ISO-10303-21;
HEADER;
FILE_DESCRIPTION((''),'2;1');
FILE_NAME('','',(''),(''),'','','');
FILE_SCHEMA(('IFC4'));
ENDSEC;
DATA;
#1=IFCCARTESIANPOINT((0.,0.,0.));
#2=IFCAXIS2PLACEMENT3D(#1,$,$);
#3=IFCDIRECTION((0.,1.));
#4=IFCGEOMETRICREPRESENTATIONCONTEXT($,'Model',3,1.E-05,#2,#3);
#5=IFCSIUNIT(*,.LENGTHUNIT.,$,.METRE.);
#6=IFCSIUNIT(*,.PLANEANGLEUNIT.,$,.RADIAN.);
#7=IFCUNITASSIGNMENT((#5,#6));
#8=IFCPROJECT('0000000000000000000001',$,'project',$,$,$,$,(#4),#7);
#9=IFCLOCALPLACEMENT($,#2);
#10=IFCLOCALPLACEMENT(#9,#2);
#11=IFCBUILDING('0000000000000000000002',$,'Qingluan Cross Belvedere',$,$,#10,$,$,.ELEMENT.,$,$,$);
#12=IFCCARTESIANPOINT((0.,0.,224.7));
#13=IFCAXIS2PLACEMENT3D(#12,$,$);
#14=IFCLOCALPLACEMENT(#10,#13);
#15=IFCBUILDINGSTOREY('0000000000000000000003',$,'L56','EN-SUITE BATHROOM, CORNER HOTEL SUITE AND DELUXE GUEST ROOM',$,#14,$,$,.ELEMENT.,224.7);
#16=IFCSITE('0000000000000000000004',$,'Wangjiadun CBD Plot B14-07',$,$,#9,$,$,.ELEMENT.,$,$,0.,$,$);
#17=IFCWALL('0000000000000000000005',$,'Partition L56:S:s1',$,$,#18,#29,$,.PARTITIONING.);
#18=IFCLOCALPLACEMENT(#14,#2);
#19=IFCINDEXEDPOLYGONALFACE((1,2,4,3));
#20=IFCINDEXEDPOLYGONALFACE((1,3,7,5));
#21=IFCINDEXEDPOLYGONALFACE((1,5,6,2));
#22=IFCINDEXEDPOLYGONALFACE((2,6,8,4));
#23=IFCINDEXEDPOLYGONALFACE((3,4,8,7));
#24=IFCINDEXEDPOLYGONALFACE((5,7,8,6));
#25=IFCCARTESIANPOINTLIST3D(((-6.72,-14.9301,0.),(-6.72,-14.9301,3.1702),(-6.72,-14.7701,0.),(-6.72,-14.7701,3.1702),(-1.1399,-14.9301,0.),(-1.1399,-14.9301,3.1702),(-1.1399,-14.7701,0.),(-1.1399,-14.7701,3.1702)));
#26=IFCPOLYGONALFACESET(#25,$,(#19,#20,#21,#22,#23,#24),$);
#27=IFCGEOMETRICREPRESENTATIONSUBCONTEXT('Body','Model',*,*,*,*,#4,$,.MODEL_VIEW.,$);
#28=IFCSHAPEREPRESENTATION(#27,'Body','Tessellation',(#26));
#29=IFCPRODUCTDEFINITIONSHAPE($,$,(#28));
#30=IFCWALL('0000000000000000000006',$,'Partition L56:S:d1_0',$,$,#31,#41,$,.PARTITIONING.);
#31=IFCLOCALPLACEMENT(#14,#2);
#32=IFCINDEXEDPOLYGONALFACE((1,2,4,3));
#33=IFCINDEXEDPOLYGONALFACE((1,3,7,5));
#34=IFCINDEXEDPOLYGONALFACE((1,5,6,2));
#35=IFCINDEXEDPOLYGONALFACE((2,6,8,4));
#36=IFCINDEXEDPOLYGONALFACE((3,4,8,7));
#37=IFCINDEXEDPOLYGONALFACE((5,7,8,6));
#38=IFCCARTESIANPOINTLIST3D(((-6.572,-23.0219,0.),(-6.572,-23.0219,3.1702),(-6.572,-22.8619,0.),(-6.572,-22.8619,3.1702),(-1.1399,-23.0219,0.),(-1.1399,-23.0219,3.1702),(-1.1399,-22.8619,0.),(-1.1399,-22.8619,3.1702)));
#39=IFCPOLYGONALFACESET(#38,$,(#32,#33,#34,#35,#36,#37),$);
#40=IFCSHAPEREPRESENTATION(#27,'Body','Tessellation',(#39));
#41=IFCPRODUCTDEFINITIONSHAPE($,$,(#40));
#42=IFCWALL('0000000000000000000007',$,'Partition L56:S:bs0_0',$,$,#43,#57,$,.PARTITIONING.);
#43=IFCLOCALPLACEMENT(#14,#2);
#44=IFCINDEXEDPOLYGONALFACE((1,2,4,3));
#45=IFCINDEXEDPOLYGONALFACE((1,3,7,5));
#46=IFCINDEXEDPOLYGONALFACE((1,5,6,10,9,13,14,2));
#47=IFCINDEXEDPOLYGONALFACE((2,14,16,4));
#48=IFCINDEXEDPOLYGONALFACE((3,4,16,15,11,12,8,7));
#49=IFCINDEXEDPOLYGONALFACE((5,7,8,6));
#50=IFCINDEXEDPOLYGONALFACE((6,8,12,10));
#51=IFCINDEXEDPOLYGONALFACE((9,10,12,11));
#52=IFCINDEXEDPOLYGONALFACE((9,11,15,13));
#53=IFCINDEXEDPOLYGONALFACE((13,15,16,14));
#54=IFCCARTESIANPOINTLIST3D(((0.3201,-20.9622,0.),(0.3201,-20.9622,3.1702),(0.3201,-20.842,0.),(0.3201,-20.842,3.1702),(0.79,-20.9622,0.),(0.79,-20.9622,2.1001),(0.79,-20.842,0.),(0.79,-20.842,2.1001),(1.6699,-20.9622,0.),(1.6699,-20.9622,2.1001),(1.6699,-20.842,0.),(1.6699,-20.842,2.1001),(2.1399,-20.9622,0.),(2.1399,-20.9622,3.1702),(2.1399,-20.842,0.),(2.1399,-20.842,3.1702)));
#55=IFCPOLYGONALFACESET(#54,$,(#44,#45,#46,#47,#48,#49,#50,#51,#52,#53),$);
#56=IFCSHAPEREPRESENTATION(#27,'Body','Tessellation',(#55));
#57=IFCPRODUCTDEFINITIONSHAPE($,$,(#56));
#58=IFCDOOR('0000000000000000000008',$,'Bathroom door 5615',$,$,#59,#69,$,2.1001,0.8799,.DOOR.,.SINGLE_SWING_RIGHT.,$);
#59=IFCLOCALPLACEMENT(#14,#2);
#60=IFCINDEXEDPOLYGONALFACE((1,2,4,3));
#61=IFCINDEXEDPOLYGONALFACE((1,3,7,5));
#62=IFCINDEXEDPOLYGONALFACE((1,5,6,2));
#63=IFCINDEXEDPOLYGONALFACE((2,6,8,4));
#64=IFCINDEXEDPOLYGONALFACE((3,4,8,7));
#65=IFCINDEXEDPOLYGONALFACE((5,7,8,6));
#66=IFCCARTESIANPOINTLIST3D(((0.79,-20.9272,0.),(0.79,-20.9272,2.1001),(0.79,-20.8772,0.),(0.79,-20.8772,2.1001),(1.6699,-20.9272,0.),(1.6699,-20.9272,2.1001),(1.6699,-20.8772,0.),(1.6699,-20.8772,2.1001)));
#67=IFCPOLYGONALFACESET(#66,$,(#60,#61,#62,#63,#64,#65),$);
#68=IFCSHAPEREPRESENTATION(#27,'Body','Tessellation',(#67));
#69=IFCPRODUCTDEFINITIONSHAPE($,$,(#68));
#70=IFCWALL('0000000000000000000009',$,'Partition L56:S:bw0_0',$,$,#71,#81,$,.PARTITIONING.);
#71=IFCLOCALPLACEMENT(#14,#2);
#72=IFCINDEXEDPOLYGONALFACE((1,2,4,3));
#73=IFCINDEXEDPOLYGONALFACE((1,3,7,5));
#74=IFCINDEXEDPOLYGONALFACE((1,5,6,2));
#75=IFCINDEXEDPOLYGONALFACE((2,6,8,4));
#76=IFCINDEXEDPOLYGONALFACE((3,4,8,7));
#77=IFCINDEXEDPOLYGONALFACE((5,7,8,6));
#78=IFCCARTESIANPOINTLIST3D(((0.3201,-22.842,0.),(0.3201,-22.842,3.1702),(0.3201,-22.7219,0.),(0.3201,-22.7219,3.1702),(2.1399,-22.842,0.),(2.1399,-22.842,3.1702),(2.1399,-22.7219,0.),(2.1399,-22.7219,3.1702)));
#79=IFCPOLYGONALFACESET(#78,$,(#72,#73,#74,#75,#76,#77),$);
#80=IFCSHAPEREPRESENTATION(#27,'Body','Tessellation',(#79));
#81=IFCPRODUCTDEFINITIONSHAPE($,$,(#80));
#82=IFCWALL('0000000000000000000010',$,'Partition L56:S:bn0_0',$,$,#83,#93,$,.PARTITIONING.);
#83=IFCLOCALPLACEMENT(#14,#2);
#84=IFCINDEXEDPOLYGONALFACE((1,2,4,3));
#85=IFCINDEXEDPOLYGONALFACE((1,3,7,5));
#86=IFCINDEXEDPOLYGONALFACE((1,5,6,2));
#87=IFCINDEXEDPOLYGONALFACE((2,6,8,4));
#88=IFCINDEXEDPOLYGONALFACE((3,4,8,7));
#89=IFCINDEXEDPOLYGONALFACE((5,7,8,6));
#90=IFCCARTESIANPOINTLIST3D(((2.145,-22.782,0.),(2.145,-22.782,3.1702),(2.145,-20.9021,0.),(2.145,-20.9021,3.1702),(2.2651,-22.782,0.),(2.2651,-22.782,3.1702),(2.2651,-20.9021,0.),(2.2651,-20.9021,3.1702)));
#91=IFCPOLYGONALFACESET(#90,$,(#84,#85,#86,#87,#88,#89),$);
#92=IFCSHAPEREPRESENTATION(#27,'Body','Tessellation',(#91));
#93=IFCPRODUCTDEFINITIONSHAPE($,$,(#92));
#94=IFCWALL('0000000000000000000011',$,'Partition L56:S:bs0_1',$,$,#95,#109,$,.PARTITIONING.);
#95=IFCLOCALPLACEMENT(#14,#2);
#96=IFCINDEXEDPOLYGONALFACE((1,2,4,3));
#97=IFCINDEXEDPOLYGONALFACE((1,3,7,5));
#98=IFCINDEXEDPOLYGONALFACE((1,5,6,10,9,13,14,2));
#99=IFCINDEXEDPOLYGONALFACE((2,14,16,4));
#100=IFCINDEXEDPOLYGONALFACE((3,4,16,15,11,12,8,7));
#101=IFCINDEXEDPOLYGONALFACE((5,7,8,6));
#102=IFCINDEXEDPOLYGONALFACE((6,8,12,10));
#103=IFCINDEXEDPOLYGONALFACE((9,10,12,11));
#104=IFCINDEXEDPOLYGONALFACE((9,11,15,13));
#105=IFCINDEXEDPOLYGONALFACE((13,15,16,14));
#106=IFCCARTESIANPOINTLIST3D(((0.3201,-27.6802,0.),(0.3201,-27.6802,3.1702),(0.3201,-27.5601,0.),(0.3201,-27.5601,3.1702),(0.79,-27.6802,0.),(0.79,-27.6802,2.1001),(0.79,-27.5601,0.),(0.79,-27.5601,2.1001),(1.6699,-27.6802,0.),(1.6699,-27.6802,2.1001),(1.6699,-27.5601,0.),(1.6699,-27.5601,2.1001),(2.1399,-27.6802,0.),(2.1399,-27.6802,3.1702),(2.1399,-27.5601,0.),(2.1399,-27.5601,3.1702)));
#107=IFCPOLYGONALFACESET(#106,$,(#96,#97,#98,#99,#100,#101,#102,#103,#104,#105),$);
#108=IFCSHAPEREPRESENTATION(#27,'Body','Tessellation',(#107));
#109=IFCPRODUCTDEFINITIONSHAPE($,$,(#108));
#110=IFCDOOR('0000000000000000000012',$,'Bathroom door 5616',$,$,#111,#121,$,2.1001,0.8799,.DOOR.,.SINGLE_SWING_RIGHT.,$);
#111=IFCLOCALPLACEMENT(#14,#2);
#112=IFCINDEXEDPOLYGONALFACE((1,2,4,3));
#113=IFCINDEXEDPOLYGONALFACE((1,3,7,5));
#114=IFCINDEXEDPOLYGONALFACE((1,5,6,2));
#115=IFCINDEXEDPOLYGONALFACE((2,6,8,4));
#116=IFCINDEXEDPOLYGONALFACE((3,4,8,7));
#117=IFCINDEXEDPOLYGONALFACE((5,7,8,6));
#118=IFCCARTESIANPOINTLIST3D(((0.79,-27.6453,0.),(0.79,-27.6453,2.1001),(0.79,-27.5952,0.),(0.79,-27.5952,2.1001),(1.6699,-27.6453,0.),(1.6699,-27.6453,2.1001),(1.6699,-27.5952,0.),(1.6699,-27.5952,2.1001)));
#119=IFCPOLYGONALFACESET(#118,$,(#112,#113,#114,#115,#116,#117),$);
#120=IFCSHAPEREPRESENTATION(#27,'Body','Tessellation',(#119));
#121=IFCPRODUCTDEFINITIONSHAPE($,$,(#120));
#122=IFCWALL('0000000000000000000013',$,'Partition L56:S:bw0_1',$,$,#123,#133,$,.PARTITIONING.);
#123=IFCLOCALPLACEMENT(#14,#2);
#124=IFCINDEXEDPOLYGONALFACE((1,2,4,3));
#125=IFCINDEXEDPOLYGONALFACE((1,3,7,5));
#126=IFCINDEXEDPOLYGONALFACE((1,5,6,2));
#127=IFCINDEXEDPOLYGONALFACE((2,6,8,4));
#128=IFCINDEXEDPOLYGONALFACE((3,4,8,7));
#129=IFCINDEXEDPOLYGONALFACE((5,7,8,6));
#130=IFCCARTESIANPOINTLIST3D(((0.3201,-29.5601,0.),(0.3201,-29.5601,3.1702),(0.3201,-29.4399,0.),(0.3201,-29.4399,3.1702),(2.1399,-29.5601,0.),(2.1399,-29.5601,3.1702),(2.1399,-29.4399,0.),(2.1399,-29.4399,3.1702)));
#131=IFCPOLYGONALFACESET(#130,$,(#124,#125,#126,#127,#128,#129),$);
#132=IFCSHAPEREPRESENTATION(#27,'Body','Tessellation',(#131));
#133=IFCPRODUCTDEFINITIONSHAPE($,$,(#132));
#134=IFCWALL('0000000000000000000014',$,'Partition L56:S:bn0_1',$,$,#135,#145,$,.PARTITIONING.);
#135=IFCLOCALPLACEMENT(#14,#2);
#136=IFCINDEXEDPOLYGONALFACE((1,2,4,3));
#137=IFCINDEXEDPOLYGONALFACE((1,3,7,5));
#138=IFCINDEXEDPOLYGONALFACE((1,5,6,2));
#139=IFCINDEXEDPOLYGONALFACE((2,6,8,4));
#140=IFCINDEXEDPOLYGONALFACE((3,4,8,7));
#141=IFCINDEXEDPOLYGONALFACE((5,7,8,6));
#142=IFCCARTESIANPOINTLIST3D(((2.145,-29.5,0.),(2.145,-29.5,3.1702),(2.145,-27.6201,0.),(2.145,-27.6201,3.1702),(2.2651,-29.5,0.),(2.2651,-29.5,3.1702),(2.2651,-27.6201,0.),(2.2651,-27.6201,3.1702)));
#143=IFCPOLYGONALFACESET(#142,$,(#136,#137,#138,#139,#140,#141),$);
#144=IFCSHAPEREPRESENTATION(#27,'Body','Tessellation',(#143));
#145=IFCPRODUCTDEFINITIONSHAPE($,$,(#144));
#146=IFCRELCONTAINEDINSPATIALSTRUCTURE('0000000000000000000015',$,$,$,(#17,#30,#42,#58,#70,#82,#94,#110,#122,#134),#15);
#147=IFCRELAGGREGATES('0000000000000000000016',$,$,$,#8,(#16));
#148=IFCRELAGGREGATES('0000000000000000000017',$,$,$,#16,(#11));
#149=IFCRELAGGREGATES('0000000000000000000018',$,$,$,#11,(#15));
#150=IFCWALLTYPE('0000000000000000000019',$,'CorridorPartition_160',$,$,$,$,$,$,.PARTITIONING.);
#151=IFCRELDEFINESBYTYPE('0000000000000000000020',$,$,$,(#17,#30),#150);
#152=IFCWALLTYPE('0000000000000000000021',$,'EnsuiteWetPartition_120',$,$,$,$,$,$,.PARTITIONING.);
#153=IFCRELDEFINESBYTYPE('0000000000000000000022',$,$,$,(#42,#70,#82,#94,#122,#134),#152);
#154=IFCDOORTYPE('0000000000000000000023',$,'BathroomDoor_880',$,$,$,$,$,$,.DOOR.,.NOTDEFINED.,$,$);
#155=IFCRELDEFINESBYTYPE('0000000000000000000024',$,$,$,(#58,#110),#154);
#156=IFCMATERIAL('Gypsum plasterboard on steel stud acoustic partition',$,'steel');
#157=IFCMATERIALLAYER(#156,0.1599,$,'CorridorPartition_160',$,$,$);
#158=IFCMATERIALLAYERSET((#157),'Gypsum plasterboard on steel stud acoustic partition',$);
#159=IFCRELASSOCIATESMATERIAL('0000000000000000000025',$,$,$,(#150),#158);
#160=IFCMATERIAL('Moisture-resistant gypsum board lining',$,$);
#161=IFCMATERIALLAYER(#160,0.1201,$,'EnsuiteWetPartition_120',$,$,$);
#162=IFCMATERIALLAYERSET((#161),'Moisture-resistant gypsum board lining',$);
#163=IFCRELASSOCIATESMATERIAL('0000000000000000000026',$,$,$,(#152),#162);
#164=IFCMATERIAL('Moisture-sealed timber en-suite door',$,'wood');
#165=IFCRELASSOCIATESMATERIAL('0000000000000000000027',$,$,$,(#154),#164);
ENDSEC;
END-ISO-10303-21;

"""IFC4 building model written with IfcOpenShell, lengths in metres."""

from ifc_helpers import new_model, si_unit, direction, frame, frame_2d, origin, place, context, subcontext, project, spatial, rectangle, extrude, material, layer, layer_set, type_object, element, fill, save


model = new_model("IFC4")

# Units and contexts
model_context = context("Model", 3, precision=1e-05, world=origin(), true_north=direction((0.0, 1.0)))
body_context = subcontext(model_context, "Body", "Model", "MODEL_VIEW")
ifc_project = project(units=[si_unit("LENGTHUNIT", "METRE"), si_unit("PLANEANGLEUNIT", "RADIAN")], contexts=[model_context])

# Site, building, storey
site_placement = place(None, origin())
site = spatial("IfcSite", under=ifc_project, at=site_placement, Name="Wangjiadun CBD Plot B14-07", CompositionType="ELEMENT", RefElevation=0.0)
building_placement = place(site_placement, origin())
building = spatial("IfcBuilding", under=site, at=building_placement, Name="Qingluan Cross Belvedere", CompositionType="ELEMENT")
storey_placement = place(building_placement, frame((0.0, 0.0, 224.7)))
storey = spatial("IfcBuildingStorey", under=building, at=storey_placement, Name="L56", Description="EN-SUITE BATHROOM, CORNER HOTEL SUITE AND DELUXE GUEST ROOM", CompositionType="ELEMENT", Elevation=224.7)

# Shared definitions
ifc_material_1 = material(Name="Gypsum plasterboard on steel stud acoustic partition", Category="steel")
ifc_layer_1 = layer(ifc_material_1, 0.1599, Name="CorridorPartition_160")
ifc_layer_set_1 = layer_set([ifc_layer_1], Name="Gypsum plasterboard on steel stud acoustic partition")
wall_type_1 = type_object("IfcWallType", Name="CorridorPartition_160", PredefinedType="PARTITIONING", material=ifc_layer_set_1)

# Walls
wall_1_placement = place(storey_placement, frame((-1.1399, -14.8501, 0.0), z_axis=(0.0, 0.0, 1.0), x_axis=(-1.0, 0.0, 0.0)))
element("IfcWall", 1, at=wall_1_placement, inside=storey, type_object=wall_type_1, Name="Partition L56:S:s1", PredefinedType="PARTITIONING", context=body_context, shape_type="SweptSolid", body=[
    extrude(rectangle(XDim=5.5801, YDim=0.1599, at=frame_2d((2.79, 0.0))), origin(), (0.0, 0.0, 1.0), 3.1702),
])
wall_2_placement = place(storey_placement, frame((-1.1399, -22.9419, 0.0), z_axis=(0.0, 0.0, 1.0), x_axis=(-1.0, 0.0, 0.0)))
element("IfcWall", 2, at=wall_2_placement, inside=storey, type_object=wall_type_1, Name="Partition L56:S:d1_0", PredefinedType="PARTITIONING", context=body_context, shape_type="SweptSolid", body=[
    extrude(rectangle(XDim=5.4321, YDim=0.1599, at=frame_2d((2.7161, 0.0))), origin(), (0.0, 0.0, 1.0), 3.1702),
])

# Wall, opening, door
ifc_material_2 = material(Name="Moisture-resistant gypsum board lining")
ifc_layer_2 = layer(ifc_material_2, 0.1201, Name="EnsuiteWetPartition_120")
ifc_layer_set_2 = layer_set([ifc_layer_2], Name="Moisture-resistant gypsum board lining")
wall_type_2 = type_object("IfcWallType", Name="EnsuiteWetPartition_120", PredefinedType="PARTITIONING", material=ifc_layer_set_2)
wall_3_placement = place(storey_placement, frame((0.3201, -20.9021, 0.0), z_axis=(0.0, 0.0, 1.0), x_axis=(1.0, 0.0, 0.0)))
wall_3 = element("IfcWall", 3, at=wall_3_placement, inside=storey, type_object=wall_type_2, Name="Partition L56:S:bs0_0", PredefinedType="PARTITIONING", context=body_context, shape_type="SweptSolid", body=[
    extrude(rectangle(XDim=1.8198, YDim=0.1201, at=frame_2d((0.9099, 0.0))), origin(), (0.0, 0.0, 1.0), 3.1702),
])
opening_1_placement = place(wall_3_placement, frame((0.47, 0.0, 0.0)))
opening_1 = element("IfcOpeningElement", 4, at=opening_1_placement, cuts=wall_3, PredefinedType="OPENING", context=body_context, shape_type="SweptSolid", body=[
    extrude(rectangle(XDim=0.8799, YDim=2.1001, at=frame_2d((0.4399, 1.05))), frame((0.0, 0.0701, 0.0), z_axis=(0.0, -1.0, 0.0), x_axis=(1.0, 0.0, 0.0)), (0.0, 0.0, 1.0), 0.1401),
])
ifc_material_3 = material(Name="Moisture-sealed timber en-suite door", Category="wood")
door_type_1 = type_object("IfcDoorType", Name="BathroomDoor_880", OperationType="NOTDEFINED", PredefinedType="DOOR", material=ifc_material_3)
door_1_placement = place(opening_1_placement, origin())
door_1 = element("IfcDoor", 5, at=door_1_placement, inside=storey, type_object=door_type_1, Name="Bathroom door 5615", OperationType="SINGLE_SWING_RIGHT", OverallHeight=2.1001, OverallWidth=0.8799, PredefinedType="DOOR", context=body_context, shape_type="SweptSolid", body=[
    extrude(rectangle(XDim=0.8799, YDim=2.1001, at=frame_2d((0.4399, 1.05))), frame((0.0, 0.0249, 0.0), z_axis=(0.0, -1.0, 0.0), x_axis=(1.0, 0.0, 0.0)), (0.0, 0.0, 1.0), 0.05),
])
fill(opening_1, door_1)

# Walls
wall_4_placement = place(storey_placement, frame((0.3201, -22.782, 0.0), z_axis=(0.0, 0.0, 1.0), x_axis=(1.0, 0.0, 0.0)))
element("IfcWall", 6, at=wall_4_placement, inside=storey, type_object=wall_type_2, Name="Partition L56:S:bw0_0", PredefinedType="PARTITIONING", context=body_context, shape_type="SweptSolid", body=[
    extrude(rectangle(XDim=1.8198, YDim=0.1201, at=frame_2d((0.9099, 0.0))), origin(), (0.0, 0.0, 1.0), 3.1702),
])
wall_5_placement = place(storey_placement, frame((2.2051, -20.9021, 0.0), z_axis=(0.0, 0.0, 1.0), x_axis=(0.0, -1.0, 0.0)))
element("IfcWall", 7, at=wall_5_placement, inside=storey, type_object=wall_type_2, Name="Partition L56:S:bn0_0", PredefinedType="PARTITIONING", context=body_context, shape_type="SweptSolid", body=[
    extrude(rectangle(XDim=1.8799, YDim=0.1201, at=frame_2d((0.9399, 0.0))), origin(), (0.0, 0.0, 1.0), 3.1702),
])

# Wall, opening, door
wall_6_placement = place(storey_placement, frame((0.3201, -27.6201, 0.0), z_axis=(0.0, 0.0, 1.0), x_axis=(1.0, 0.0, 0.0)))
wall_6 = element("IfcWall", 8, at=wall_6_placement, inside=storey, type_object=wall_type_2, Name="Partition L56:S:bs0_1", PredefinedType="PARTITIONING", context=body_context, shape_type="SweptSolid", body=[
    extrude(rectangle(XDim=1.8198, YDim=0.1201, at=frame_2d((0.9099, 0.0))), origin(), (0.0, 0.0, 1.0), 3.1702),
])
opening_2_placement = place(wall_6_placement, frame((0.47, 0.0, 0.0)))
opening_2 = element("IfcOpeningElement", 9, at=opening_2_placement, cuts=wall_6, PredefinedType="OPENING", context=body_context, shape_type="SweptSolid", body=[
    extrude(rectangle(XDim=0.8799, YDim=2.1001, at=frame_2d((0.4399, 1.05))), frame((0.0, 0.0701, 0.0), z_axis=(0.0, -1.0, 0.0), x_axis=(1.0, 0.0, 0.0)), (0.0, 0.0, 1.0), 0.1401),
])
door_2_placement = place(opening_2_placement, origin())
door_2 = element("IfcDoor", 10, at=door_2_placement, inside=storey, type_object=door_type_1, Name="Bathroom door 5616", OperationType="SINGLE_SWING_RIGHT", OverallHeight=2.1001, OverallWidth=0.8799, PredefinedType="DOOR", context=body_context, shape_type="SweptSolid", body=[
    extrude(rectangle(XDim=0.8799, YDim=2.1001, at=frame_2d((0.4399, 1.05))), frame((0.0, 0.0249, 0.0), z_axis=(0.0, -1.0, 0.0), x_axis=(1.0, 0.0, 0.0)), (0.0, 0.0, 1.0), 0.05),
])
fill(opening_2, door_2)

# Walls
wall_7_placement = place(storey_placement, frame((0.3201, -29.5, 0.0), z_axis=(0.0, 0.0, 1.0), x_axis=(1.0, 0.0, 0.0)))
element("IfcWall", 11, at=wall_7_placement, inside=storey, type_object=wall_type_2, Name="Partition L56:S:bw0_1", PredefinedType="PARTITIONING", context=body_context, shape_type="SweptSolid", body=[
    extrude(rectangle(XDim=1.8198, YDim=0.1201, at=frame_2d((0.9099, 0.0))), origin(), (0.0, 0.0, 1.0), 3.1702),
])
wall_8_placement = place(storey_placement, frame((2.2051, -27.6201, 0.0), z_axis=(0.0, 0.0, 1.0), x_axis=(0.0, -1.0, 0.0)))
element("IfcWall", 12, at=wall_8_placement, inside=storey, type_object=wall_type_2, Name="Partition L56:S:bn0_1", PredefinedType="PARTITIONING", context=body_context, shape_type="SweptSolid", body=[
    extrude(rectangle(XDim=1.8799, YDim=0.1201, at=frame_2d((0.9399, 0.0))), origin(), (0.0, 0.0, 1.0), 3.1702),
])

save(model, "model.ifc")
